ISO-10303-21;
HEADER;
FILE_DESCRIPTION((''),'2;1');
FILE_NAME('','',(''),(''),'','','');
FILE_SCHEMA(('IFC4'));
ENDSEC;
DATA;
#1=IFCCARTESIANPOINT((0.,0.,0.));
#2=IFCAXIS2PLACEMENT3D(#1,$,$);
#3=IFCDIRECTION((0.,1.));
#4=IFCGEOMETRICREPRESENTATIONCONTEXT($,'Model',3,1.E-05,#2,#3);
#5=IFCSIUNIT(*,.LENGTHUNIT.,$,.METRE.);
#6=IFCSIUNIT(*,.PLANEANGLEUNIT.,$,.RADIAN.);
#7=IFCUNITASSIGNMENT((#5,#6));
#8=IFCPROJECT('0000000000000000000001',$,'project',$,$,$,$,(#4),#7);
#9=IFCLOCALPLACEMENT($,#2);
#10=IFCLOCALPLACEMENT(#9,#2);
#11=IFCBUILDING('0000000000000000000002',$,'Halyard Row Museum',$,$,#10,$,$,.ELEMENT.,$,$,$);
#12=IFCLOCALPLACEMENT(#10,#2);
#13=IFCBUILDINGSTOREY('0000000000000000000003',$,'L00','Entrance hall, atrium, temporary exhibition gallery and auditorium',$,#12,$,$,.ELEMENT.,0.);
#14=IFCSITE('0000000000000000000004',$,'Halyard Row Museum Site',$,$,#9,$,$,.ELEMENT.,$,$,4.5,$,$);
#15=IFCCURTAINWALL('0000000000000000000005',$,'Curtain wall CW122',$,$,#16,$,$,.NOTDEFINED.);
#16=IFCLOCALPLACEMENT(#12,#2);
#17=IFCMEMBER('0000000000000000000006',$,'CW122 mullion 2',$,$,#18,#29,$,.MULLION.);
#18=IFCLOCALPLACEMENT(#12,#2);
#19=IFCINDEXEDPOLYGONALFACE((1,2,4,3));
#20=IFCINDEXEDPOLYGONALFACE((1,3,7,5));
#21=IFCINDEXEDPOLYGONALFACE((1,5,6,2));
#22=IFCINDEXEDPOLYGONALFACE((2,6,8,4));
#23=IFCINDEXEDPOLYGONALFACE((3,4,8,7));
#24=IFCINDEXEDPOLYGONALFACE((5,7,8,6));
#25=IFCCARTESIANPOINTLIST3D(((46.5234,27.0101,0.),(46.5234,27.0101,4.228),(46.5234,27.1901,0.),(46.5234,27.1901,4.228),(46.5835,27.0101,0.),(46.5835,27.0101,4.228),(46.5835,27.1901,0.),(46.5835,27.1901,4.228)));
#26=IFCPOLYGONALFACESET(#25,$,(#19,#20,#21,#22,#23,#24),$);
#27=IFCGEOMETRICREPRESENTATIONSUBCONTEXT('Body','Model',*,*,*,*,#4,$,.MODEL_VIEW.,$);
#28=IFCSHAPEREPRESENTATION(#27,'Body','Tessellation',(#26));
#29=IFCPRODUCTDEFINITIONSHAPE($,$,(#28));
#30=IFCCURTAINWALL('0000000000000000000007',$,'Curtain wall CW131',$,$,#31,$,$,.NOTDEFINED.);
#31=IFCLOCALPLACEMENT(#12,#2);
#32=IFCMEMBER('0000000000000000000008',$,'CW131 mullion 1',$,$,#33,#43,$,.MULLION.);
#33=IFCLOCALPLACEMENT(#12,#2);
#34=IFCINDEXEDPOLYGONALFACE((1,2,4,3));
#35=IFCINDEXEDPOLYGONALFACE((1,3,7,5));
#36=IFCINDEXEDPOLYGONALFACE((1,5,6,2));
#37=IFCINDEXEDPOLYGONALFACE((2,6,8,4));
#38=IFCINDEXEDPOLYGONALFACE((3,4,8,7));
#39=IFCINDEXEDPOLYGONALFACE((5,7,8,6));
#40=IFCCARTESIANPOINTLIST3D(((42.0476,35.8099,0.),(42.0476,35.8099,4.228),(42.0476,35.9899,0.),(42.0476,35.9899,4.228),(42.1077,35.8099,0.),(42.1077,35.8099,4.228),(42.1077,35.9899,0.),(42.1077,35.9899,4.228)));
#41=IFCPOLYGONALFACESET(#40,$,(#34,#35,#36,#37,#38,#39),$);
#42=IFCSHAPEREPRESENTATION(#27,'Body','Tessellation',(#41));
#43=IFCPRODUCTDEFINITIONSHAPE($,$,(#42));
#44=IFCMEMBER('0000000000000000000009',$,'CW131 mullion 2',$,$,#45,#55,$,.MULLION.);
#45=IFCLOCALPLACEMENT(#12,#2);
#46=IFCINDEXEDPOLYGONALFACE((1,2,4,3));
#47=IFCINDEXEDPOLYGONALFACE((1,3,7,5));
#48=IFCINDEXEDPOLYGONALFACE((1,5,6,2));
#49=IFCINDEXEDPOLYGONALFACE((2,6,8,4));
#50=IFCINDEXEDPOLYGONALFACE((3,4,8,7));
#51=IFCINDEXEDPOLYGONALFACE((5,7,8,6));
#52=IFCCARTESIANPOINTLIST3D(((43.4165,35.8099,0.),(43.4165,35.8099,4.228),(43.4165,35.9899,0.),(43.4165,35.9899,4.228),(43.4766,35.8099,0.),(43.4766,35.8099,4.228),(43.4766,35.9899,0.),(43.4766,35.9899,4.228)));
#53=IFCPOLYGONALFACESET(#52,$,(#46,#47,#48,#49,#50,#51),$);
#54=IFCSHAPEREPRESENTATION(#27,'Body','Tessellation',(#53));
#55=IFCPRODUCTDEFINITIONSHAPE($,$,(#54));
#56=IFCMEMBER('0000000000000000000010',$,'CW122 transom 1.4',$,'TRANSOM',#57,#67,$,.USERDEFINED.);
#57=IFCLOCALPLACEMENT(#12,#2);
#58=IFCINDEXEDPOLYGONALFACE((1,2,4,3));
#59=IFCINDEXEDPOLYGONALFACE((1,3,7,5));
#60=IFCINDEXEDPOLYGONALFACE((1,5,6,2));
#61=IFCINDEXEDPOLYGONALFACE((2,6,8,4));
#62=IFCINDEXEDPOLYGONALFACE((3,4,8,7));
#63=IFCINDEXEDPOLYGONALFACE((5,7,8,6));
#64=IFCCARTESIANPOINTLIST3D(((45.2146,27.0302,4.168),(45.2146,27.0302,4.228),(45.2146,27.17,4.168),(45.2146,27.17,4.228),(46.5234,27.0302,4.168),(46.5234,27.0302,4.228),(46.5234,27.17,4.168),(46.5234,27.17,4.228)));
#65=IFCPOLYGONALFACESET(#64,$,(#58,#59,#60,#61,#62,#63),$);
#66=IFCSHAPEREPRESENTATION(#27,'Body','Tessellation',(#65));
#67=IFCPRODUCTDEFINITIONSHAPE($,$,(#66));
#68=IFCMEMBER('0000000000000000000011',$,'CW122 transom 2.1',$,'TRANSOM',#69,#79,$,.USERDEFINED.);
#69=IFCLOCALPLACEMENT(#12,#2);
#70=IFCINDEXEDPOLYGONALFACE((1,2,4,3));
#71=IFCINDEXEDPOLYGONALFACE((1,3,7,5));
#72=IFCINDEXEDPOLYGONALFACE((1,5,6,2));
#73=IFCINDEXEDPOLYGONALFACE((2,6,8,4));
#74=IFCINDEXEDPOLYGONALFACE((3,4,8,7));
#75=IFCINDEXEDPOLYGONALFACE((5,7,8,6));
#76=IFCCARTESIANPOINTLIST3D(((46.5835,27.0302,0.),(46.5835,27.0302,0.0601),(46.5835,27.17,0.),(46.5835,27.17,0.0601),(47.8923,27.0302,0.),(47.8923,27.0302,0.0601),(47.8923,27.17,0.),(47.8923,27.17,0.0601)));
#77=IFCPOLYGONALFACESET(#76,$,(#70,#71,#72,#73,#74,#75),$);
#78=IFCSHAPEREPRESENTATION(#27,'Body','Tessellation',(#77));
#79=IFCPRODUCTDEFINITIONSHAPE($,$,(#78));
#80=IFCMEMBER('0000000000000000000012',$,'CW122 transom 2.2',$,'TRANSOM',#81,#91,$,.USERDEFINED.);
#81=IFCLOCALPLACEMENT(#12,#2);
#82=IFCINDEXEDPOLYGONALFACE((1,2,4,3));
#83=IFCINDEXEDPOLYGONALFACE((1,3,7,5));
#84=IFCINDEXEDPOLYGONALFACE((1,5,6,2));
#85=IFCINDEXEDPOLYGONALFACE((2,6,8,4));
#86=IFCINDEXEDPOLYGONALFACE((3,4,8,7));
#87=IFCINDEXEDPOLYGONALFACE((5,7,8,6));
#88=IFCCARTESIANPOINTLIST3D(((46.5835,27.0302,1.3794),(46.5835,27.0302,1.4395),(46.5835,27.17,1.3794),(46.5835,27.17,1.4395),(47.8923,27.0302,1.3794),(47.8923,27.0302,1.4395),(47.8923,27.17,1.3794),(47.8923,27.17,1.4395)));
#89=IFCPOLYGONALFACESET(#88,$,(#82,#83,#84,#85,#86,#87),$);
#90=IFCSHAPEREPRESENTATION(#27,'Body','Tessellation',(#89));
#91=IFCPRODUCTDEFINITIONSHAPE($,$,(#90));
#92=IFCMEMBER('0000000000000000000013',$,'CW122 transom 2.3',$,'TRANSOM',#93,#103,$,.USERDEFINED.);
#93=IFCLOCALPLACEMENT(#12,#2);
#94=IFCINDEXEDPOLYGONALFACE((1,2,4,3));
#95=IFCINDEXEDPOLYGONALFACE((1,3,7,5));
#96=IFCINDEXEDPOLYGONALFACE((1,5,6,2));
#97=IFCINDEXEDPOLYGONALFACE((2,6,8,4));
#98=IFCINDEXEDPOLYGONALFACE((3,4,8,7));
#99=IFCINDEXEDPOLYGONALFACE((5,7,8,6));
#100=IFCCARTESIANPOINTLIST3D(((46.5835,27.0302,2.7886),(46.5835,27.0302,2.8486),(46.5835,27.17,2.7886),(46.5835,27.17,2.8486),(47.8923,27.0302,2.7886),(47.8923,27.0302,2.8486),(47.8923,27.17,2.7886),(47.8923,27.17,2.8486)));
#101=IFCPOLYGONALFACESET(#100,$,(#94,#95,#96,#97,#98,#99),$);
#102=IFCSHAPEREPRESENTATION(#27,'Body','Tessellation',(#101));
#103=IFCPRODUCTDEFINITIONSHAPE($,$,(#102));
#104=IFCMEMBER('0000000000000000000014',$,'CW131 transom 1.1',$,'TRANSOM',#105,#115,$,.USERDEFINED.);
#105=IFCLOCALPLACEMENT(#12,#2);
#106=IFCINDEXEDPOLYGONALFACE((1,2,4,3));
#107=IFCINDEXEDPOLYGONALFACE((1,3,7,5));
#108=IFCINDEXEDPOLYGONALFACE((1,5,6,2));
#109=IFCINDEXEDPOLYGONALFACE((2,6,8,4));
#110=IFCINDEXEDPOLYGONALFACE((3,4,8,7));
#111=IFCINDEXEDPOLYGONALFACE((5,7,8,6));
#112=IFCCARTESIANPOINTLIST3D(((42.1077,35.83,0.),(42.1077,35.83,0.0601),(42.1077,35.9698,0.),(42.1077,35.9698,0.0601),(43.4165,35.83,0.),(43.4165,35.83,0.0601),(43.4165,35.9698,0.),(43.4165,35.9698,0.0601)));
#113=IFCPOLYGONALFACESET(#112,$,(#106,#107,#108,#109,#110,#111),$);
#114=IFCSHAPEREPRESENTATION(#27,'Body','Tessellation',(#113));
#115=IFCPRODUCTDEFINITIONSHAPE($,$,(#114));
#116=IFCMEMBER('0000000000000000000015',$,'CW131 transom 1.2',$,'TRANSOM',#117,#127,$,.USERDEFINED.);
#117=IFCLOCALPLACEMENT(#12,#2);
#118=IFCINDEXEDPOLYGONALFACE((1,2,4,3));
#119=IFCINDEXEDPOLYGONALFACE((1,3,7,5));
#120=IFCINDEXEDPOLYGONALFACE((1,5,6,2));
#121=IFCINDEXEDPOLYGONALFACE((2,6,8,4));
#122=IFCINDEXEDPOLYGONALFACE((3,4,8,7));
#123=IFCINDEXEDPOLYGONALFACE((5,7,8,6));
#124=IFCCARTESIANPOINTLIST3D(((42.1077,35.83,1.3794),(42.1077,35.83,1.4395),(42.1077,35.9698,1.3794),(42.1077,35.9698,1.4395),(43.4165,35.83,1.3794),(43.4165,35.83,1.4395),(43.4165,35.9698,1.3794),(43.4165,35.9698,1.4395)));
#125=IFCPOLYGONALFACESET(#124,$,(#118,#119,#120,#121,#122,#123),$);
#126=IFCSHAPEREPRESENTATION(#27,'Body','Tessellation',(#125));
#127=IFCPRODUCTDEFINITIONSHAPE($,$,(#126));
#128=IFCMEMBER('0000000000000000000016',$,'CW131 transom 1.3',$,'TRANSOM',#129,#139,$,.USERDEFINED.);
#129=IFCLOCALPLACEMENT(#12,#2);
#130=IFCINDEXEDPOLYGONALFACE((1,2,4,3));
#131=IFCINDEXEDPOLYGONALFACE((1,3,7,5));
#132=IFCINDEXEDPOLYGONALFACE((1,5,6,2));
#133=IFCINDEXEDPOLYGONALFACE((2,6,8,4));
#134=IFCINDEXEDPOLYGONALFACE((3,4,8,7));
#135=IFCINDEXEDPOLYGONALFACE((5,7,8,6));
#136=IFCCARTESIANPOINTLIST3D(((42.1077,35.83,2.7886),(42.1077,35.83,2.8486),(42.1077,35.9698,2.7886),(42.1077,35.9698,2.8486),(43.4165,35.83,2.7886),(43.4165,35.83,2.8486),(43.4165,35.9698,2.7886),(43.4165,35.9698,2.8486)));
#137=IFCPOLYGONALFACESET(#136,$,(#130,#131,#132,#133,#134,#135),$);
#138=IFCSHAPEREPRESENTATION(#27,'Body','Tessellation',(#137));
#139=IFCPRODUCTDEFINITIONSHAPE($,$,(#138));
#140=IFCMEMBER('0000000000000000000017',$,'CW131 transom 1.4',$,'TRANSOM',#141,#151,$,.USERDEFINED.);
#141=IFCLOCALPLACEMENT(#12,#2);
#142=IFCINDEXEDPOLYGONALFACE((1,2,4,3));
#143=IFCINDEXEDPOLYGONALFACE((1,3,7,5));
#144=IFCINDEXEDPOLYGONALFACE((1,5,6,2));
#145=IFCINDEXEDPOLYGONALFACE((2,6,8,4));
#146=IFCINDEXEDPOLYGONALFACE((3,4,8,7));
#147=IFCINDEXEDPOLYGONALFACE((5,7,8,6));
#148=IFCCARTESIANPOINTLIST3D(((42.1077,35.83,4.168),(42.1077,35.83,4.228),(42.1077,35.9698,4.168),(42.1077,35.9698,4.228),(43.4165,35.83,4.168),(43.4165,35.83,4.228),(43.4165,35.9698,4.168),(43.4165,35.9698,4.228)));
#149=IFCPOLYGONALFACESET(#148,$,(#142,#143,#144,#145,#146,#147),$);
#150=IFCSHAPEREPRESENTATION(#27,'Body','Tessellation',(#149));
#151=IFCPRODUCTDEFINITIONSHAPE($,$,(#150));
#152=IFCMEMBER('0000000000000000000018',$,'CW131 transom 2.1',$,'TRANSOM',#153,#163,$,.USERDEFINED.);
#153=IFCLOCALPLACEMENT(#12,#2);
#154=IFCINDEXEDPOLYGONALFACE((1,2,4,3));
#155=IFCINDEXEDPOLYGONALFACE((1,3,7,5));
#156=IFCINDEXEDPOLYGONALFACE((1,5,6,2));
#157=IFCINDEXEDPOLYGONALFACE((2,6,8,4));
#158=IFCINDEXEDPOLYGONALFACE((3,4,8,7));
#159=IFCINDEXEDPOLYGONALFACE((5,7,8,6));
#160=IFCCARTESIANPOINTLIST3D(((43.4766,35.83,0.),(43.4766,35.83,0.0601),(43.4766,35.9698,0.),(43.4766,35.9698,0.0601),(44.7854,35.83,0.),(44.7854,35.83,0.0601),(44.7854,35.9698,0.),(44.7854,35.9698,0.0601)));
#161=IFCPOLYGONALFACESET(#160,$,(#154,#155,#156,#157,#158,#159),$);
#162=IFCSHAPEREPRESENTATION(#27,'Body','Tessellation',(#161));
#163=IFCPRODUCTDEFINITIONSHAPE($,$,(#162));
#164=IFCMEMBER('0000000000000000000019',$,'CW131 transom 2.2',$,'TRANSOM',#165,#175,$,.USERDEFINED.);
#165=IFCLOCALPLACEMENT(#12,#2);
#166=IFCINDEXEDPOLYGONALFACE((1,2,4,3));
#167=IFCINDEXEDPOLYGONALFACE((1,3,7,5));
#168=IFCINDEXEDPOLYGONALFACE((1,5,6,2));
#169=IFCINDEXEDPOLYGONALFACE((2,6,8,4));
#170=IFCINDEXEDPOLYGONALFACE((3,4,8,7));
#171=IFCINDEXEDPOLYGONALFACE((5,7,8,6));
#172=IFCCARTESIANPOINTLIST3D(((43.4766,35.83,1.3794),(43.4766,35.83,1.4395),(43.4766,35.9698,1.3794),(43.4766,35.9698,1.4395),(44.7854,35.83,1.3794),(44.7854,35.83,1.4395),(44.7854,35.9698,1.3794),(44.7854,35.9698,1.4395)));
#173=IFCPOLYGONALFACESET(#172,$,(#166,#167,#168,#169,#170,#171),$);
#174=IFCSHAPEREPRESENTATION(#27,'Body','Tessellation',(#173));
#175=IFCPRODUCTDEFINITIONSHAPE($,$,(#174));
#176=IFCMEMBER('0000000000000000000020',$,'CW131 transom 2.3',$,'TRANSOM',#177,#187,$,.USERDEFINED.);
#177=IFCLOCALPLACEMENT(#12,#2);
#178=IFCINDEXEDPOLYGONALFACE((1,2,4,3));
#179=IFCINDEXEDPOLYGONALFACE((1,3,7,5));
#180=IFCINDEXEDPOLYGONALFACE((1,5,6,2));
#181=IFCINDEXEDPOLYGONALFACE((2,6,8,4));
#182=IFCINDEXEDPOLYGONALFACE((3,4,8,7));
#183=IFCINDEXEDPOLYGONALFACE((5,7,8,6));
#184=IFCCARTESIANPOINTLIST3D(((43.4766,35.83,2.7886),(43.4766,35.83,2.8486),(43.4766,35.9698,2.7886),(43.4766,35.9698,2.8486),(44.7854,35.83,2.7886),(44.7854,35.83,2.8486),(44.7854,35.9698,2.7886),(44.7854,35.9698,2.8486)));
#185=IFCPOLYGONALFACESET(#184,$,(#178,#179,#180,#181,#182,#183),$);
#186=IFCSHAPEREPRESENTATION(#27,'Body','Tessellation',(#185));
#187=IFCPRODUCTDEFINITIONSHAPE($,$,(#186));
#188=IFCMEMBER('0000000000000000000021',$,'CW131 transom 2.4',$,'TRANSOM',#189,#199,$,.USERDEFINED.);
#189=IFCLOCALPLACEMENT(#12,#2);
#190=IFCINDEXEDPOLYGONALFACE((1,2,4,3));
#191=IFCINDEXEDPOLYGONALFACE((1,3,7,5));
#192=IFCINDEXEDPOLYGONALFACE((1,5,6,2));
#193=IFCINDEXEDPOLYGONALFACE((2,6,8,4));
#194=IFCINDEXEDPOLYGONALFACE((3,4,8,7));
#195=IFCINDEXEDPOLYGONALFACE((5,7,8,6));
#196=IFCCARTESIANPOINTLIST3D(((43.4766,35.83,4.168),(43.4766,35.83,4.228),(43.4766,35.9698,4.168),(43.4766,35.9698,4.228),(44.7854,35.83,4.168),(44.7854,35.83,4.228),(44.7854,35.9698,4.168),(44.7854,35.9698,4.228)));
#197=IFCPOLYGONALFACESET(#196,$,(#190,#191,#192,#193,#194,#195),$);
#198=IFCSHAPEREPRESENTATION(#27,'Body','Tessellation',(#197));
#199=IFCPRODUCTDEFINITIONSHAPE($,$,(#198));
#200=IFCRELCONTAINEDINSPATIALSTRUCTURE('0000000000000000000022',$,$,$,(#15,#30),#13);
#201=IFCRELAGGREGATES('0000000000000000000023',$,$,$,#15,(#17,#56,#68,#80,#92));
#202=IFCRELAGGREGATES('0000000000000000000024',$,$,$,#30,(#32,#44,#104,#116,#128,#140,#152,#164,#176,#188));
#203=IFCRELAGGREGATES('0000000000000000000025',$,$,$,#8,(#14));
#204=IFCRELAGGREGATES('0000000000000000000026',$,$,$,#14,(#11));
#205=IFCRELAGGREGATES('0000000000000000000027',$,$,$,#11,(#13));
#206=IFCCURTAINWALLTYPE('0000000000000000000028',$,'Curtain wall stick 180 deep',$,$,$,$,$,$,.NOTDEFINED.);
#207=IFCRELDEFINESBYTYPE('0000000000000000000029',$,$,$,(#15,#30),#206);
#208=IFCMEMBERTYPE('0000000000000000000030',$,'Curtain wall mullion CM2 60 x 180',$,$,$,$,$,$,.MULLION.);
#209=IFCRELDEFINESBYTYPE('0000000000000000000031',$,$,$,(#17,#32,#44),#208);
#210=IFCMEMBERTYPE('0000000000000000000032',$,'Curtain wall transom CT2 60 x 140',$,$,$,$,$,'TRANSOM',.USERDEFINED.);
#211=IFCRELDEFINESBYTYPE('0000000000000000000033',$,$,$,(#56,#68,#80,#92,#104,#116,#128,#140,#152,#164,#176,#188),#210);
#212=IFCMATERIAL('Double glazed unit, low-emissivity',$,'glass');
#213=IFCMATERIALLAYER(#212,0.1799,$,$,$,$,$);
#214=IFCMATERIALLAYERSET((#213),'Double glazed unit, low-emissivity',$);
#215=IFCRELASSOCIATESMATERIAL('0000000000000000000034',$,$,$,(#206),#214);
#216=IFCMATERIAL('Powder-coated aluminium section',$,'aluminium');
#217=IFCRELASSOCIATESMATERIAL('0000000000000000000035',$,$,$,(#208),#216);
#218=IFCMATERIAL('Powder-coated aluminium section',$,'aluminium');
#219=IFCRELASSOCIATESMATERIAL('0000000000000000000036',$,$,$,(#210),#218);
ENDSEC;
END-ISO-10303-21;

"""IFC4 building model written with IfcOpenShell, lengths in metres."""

from ifc_helpers import new_model, si_unit, direction, frame, origin, origin_2d, place, context, subcontext, project, spatial, rectangle, extrude, material, layer, layer_set, material_profile, profile_set, type_object, element, aggregate, save


model = new_model("IFC4")

# Units and contexts
model_context = context("Model", 3, precision=1e-05, world=origin(), true_north=direction((0.0, 1.0)))
body_context = subcontext(model_context, "Body", "Model", "MODEL_VIEW")
ifc_project = project(units=[si_unit("LENGTHUNIT", "METRE"), si_unit("PLANEANGLEUNIT", "RADIAN")], contexts=[model_context])

# Site, building, storey
site_placement = place(None, origin())
site = spatial("IfcSite", under=ifc_project, at=site_placement, Name="Halyard Row Museum Site", CompositionType="ELEMENT", RefElevation=4.5)
building_placement = place(site_placement, origin())
building = spatial("IfcBuilding", under=site, at=building_placement, Name="Halyard Row Museum", CompositionType="ELEMENT")
storey_placement = place(building_placement, origin())
storey = spatial("IfcBuildingStorey", under=building, at=storey_placement, Name="L00", Description="Entrance hall, atrium, temporary exhibition gallery and auditorium", CompositionType="ELEMENT", Elevation=0.0)

# Curtain wall, member
ifc_material_1 = material(Name="Double glazed unit, low-emissivity", Category="glass")
ifc_layer_1 = layer(ifc_material_1, 0.1799)
ifc_layer_set_1 = layer_set([ifc_layer_1], Name="Double glazed unit, low-emissivity")
curtain_wall_type = type_object("IfcCurtainWallType", Name="Curtain wall stick 180 deep", PredefinedType="NOTDEFINED", material=ifc_layer_set_1)
curtain_wall_1_placement = place(storey_placement, origin())
curtain_wall_1 = element("IfcCurtainWall", 1, at=curtain_wall_1_placement, inside=storey, type_object=curtain_wall_type, Name="Curtain wall CW122", PredefinedType="NOTDEFINED")
ifc_material_2 = material(Name="Powder-coated aluminium section", Category="aluminium")
ifc_material_profile_1 = material_profile(ifc_material_2, rectangle(XDim=0.1799, YDim=0.0601, at=origin_2d()), Name="180x60 mullion")
ifc_profile_set_1 = profile_set([ifc_material_profile_1], Name="Powder-coated aluminium section")
member_type_1 = type_object("IfcMemberType", Name="Curtain wall mullion CM2 60 x 180", PredefinedType="MULLION", material=ifc_profile_set_1)
member_1_placement = place(storey_placement, frame((46.5535, 27.1001, 0.0), z_axis=(0.0, 0.0, 1.0), x_axis=(0.0, 1.0, 0.0)))
member_1 = element("IfcMember", 2, at=member_1_placement, type_object=member_type_1, Name="CW122 mullion 2", PredefinedType="MULLION", context=body_context, shape_type="SweptSolid", body=[
    extrude(rectangle(XDim=0.1799, YDim=0.0601, at=origin_2d()), origin(), (0.0, 0.0, 1.0), 4.228),
])

# Curtain wall, members
curtain_wall_2_placement = place(storey_placement, origin())
curtain_wall_2 = element("IfcCurtainWall", 3, at=curtain_wall_2_placement, inside=storey, type_object=curtain_wall_type, Name="Curtain wall CW131", PredefinedType="NOTDEFINED")
member_2_placement = place(storey_placement, frame((42.0776, 35.8999, 0.0), z_axis=(0.0, 0.0, 1.0), x_axis=(0.0, 1.0, 0.0)))
member_2 = element("IfcMember", 4, at=member_2_placement, type_object=member_type_1, Name="CW131 mullion 1", PredefinedType="MULLION", context=body_context, shape_type="SweptSolid", body=[
    extrude(rectangle(XDim=0.1799, YDim=0.0601, at=origin_2d()), origin(), (0.0, 0.0, 1.0), 4.228),
])
member_3_placement = place(storey_placement, frame((43.4465, 35.8999, 0.0), z_axis=(0.0, 0.0, 1.0), x_axis=(0.0, 1.0, 0.0)))
member_3 = element("IfcMember", 5, at=member_3_placement, type_object=member_type_1, Name="CW131 mullion 2", PredefinedType="MULLION", context=body_context, shape_type="SweptSolid", body=[
    extrude(rectangle(XDim=0.1799, YDim=0.0601, at=origin_2d()), origin(), (0.0, 0.0, 1.0), 4.228),
])

# Members
ifc_material_3 = material(Name="Powder-coated aluminium section", Category="aluminium")
ifc_material_profile_2 = material_profile(ifc_material_3, rectangle(XDim=0.1399, YDim=0.0601, at=origin_2d()), Name="140x60 transom")
ifc_profile_set_2 = profile_set([ifc_material_profile_2], Name="Powder-coated aluminium section")
member_type_2 = type_object("IfcMemberType", Name="Curtain wall transom CT2 60 x 140", ElementType="TRANSOM", PredefinedType="USERDEFINED", material=ifc_profile_set_2)
member_4_placement = place(storey_placement, frame((45.2146, 27.1001, 4.198), z_axis=(1.0, 0.0, 0.0), x_axis=(0.0, 1.0, 0.0)))
member_4 = element("IfcMember", 6, at=member_4_placement, type_object=member_type_2, Name="CW122 transom 1.4", ObjectType="TRANSOM", PredefinedType="USERDEFINED", context=body_context, shape_type="SweptSolid", body=[
    extrude(rectangle(XDim=0.1399, YDim=0.0601, at=origin_2d()), origin(), (0.0, 0.0, 1.0), 1.3088),
])
member_5_placement = place(storey_placement, frame((46.5835, 27.1001, 0.03), z_axis=(1.0, 0.0, 0.0), x_axis=(0.0, 1.0, 0.0)))
member_5 = element("IfcMember", 7, at=member_5_placement, type_object=member_type_2, Name="CW122 transom 2.1", ObjectType="TRANSOM", PredefinedType="USERDEFINED", context=body_context, shape_type="SweptSolid", body=[
    extrude(rectangle(XDim=0.1399, YDim=0.0601, at=origin_2d()), origin(), (0.0, 0.0, 1.0), 1.3088),
])
member_6_placement = place(storey_placement, frame((46.5835, 27.1001, 1.4094), z_axis=(1.0, 0.0, 0.0), x_axis=(0.0, 1.0, 0.0)))
member_6 = element("IfcMember", 8, at=member_6_placement, type_object=member_type_2, Name="CW122 transom 2.2", ObjectType="TRANSOM", PredefinedType="USERDEFINED", context=body_context, shape_type="SweptSolid", body=[
    extrude(rectangle(XDim=0.1399, YDim=0.0601, at=origin_2d()), origin(), (0.0, 0.0, 1.0), 1.3088),
])
member_7_placement = place(storey_placement, frame((46.5835, 27.1001, 2.8186), z_axis=(1.0, 0.0, 0.0), x_axis=(0.0, 1.0, 0.0)))
member_7 = element("IfcMember", 9, at=member_7_placement, type_object=member_type_2, Name="CW122 transom 2.3", ObjectType="TRANSOM", PredefinedType="USERDEFINED", context=body_context, shape_type="SweptSolid", body=[
    extrude(rectangle(XDim=0.1399, YDim=0.0601, at=origin_2d()), origin(), (0.0, 0.0, 1.0), 1.3088),
])
member_8_placement = place(storey_placement, frame((42.1077, 35.8999, 0.03), z_axis=(1.0, 0.0, 0.0), x_axis=(0.0, 1.0, 0.0)))
member_8 = element("IfcMember", 10, at=member_8_placement, type_object=member_type_2, Name="CW131 transom 1.1", ObjectType="TRANSOM", PredefinedType="USERDEFINED", context=body_context, shape_type="SweptSolid", body=[
    extrude(rectangle(XDim=0.1399, YDim=0.0601, at=origin_2d()), origin(), (0.0, 0.0, 1.0), 1.3088),
])
member_9_placement = place(storey_placement, frame((42.1077, 35.8999, 1.4094), z_axis=(1.0, 0.0, 0.0), x_axis=(0.0, 1.0, 0.0)))
member_9 = element("IfcMember", 11, at=member_9_placement, type_object=member_type_2, Name="CW131 transom 1.2", ObjectType="TRANSOM", PredefinedType="USERDEFINED", context=body_context, shape_type="SweptSolid", body=[
    extrude(rectangle(XDim=0.1399, YDim=0.0601, at=origin_2d()), origin(), (0.0, 0.0, 1.0), 1.3088),
])
member_10_placement = place(storey_placement, frame((42.1077, 35.8999, 2.8186), z_axis=(1.0, 0.0, 0.0), x_axis=(0.0, 1.0, 0.0)))
member_10 = element("IfcMember", 12, at=member_10_placement, type_object=member_type_2, Name="CW131 transom 1.3", ObjectType="TRANSOM", PredefinedType="USERDEFINED", context=body_context, shape_type="SweptSolid", body=[
    extrude(rectangle(XDim=0.1399, YDim=0.0601, at=origin_2d()), origin(), (0.0, 0.0, 1.0), 1.3088),
])
member_11_placement = place(storey_placement, frame((42.1077, 35.8999, 4.198), z_axis=(1.0, 0.0, 0.0), x_axis=(0.0, 1.0, 0.0)))
member_11 = element("IfcMember", 13, at=member_11_placement, type_object=member_type_2, Name="CW131 transom 1.4", ObjectType="TRANSOM", PredefinedType="USERDEFINED", context=body_context, shape_type="SweptSolid", body=[
    extrude(rectangle(XDim=0.1399, YDim=0.0601, at=origin_2d()), origin(), (0.0, 0.0, 1.0), 1.3088),
])
member_12_placement = place(storey_placement, frame((43.4766, 35.8999, 0.03), z_axis=(1.0, 0.0, 0.0), x_axis=(0.0, 1.0, 0.0)))
member_12 = element("IfcMember", 14, at=member_12_placement, type_object=member_type_2, Name="CW131 transom 2.1", ObjectType="TRANSOM", PredefinedType="USERDEFINED", context=body_context, shape_type="SweptSolid", body=[
    extrude(rectangle(XDim=0.1399, YDim=0.0601, at=origin_2d()), origin(), (0.0, 0.0, 1.0), 1.3088),
])
member_13_placement = place(storey_placement, frame((43.4766, 35.8999, 1.4094), z_axis=(1.0, 0.0, 0.0), x_axis=(0.0, 1.0, 0.0)))
member_13 = element("IfcMember", 15, at=member_13_placement, type_object=member_type_2, Name="CW131 transom 2.2", ObjectType="TRANSOM", PredefinedType="USERDEFINED", context=body_context, shape_type="SweptSolid", body=[
    extrude(rectangle(XDim=0.1399, YDim=0.0601, at=origin_2d()), origin(), (0.0, 0.0, 1.0), 1.3088),
])
member_14_placement = place(storey_placement, frame((43.4766, 35.8999, 2.8186), z_axis=(1.0, 0.0, 0.0), x_axis=(0.0, 1.0, 0.0)))
member_14 = element("IfcMember", 16, at=member_14_placement, type_object=member_type_2, Name="CW131 transom 2.3", ObjectType="TRANSOM", PredefinedType="USERDEFINED", context=body_context, shape_type="SweptSolid", body=[
    extrude(rectangle(XDim=0.1399, YDim=0.0601, at=origin_2d()), origin(), (0.0, 0.0, 1.0), 1.3088),
])
member_15_placement = place(storey_placement, frame((43.4766, 35.8999, 4.198), z_axis=(1.0, 0.0, 0.0), x_axis=(0.0, 1.0, 0.0)))
member_15 = element("IfcMember", 17, at=member_15_placement, type_object=member_type_2, Name="CW131 transom 2.4", ObjectType="TRANSOM", PredefinedType="USERDEFINED", context=body_context, shape_type="SweptSolid", body=[
    extrude(rectangle(XDim=0.1399, YDim=0.0601, at=origin_2d()), origin(), (0.0, 0.0, 1.0), 1.3088),
])

aggregate(curtain_wall_1, [member_1, member_4, member_5, member_6, member_7])
aggregate(curtain_wall_2, [member_2, member_3, member_8, member_9, member_10, member_11, member_12, member_13, member_14, member_15])

save(model, "model.ifc")
